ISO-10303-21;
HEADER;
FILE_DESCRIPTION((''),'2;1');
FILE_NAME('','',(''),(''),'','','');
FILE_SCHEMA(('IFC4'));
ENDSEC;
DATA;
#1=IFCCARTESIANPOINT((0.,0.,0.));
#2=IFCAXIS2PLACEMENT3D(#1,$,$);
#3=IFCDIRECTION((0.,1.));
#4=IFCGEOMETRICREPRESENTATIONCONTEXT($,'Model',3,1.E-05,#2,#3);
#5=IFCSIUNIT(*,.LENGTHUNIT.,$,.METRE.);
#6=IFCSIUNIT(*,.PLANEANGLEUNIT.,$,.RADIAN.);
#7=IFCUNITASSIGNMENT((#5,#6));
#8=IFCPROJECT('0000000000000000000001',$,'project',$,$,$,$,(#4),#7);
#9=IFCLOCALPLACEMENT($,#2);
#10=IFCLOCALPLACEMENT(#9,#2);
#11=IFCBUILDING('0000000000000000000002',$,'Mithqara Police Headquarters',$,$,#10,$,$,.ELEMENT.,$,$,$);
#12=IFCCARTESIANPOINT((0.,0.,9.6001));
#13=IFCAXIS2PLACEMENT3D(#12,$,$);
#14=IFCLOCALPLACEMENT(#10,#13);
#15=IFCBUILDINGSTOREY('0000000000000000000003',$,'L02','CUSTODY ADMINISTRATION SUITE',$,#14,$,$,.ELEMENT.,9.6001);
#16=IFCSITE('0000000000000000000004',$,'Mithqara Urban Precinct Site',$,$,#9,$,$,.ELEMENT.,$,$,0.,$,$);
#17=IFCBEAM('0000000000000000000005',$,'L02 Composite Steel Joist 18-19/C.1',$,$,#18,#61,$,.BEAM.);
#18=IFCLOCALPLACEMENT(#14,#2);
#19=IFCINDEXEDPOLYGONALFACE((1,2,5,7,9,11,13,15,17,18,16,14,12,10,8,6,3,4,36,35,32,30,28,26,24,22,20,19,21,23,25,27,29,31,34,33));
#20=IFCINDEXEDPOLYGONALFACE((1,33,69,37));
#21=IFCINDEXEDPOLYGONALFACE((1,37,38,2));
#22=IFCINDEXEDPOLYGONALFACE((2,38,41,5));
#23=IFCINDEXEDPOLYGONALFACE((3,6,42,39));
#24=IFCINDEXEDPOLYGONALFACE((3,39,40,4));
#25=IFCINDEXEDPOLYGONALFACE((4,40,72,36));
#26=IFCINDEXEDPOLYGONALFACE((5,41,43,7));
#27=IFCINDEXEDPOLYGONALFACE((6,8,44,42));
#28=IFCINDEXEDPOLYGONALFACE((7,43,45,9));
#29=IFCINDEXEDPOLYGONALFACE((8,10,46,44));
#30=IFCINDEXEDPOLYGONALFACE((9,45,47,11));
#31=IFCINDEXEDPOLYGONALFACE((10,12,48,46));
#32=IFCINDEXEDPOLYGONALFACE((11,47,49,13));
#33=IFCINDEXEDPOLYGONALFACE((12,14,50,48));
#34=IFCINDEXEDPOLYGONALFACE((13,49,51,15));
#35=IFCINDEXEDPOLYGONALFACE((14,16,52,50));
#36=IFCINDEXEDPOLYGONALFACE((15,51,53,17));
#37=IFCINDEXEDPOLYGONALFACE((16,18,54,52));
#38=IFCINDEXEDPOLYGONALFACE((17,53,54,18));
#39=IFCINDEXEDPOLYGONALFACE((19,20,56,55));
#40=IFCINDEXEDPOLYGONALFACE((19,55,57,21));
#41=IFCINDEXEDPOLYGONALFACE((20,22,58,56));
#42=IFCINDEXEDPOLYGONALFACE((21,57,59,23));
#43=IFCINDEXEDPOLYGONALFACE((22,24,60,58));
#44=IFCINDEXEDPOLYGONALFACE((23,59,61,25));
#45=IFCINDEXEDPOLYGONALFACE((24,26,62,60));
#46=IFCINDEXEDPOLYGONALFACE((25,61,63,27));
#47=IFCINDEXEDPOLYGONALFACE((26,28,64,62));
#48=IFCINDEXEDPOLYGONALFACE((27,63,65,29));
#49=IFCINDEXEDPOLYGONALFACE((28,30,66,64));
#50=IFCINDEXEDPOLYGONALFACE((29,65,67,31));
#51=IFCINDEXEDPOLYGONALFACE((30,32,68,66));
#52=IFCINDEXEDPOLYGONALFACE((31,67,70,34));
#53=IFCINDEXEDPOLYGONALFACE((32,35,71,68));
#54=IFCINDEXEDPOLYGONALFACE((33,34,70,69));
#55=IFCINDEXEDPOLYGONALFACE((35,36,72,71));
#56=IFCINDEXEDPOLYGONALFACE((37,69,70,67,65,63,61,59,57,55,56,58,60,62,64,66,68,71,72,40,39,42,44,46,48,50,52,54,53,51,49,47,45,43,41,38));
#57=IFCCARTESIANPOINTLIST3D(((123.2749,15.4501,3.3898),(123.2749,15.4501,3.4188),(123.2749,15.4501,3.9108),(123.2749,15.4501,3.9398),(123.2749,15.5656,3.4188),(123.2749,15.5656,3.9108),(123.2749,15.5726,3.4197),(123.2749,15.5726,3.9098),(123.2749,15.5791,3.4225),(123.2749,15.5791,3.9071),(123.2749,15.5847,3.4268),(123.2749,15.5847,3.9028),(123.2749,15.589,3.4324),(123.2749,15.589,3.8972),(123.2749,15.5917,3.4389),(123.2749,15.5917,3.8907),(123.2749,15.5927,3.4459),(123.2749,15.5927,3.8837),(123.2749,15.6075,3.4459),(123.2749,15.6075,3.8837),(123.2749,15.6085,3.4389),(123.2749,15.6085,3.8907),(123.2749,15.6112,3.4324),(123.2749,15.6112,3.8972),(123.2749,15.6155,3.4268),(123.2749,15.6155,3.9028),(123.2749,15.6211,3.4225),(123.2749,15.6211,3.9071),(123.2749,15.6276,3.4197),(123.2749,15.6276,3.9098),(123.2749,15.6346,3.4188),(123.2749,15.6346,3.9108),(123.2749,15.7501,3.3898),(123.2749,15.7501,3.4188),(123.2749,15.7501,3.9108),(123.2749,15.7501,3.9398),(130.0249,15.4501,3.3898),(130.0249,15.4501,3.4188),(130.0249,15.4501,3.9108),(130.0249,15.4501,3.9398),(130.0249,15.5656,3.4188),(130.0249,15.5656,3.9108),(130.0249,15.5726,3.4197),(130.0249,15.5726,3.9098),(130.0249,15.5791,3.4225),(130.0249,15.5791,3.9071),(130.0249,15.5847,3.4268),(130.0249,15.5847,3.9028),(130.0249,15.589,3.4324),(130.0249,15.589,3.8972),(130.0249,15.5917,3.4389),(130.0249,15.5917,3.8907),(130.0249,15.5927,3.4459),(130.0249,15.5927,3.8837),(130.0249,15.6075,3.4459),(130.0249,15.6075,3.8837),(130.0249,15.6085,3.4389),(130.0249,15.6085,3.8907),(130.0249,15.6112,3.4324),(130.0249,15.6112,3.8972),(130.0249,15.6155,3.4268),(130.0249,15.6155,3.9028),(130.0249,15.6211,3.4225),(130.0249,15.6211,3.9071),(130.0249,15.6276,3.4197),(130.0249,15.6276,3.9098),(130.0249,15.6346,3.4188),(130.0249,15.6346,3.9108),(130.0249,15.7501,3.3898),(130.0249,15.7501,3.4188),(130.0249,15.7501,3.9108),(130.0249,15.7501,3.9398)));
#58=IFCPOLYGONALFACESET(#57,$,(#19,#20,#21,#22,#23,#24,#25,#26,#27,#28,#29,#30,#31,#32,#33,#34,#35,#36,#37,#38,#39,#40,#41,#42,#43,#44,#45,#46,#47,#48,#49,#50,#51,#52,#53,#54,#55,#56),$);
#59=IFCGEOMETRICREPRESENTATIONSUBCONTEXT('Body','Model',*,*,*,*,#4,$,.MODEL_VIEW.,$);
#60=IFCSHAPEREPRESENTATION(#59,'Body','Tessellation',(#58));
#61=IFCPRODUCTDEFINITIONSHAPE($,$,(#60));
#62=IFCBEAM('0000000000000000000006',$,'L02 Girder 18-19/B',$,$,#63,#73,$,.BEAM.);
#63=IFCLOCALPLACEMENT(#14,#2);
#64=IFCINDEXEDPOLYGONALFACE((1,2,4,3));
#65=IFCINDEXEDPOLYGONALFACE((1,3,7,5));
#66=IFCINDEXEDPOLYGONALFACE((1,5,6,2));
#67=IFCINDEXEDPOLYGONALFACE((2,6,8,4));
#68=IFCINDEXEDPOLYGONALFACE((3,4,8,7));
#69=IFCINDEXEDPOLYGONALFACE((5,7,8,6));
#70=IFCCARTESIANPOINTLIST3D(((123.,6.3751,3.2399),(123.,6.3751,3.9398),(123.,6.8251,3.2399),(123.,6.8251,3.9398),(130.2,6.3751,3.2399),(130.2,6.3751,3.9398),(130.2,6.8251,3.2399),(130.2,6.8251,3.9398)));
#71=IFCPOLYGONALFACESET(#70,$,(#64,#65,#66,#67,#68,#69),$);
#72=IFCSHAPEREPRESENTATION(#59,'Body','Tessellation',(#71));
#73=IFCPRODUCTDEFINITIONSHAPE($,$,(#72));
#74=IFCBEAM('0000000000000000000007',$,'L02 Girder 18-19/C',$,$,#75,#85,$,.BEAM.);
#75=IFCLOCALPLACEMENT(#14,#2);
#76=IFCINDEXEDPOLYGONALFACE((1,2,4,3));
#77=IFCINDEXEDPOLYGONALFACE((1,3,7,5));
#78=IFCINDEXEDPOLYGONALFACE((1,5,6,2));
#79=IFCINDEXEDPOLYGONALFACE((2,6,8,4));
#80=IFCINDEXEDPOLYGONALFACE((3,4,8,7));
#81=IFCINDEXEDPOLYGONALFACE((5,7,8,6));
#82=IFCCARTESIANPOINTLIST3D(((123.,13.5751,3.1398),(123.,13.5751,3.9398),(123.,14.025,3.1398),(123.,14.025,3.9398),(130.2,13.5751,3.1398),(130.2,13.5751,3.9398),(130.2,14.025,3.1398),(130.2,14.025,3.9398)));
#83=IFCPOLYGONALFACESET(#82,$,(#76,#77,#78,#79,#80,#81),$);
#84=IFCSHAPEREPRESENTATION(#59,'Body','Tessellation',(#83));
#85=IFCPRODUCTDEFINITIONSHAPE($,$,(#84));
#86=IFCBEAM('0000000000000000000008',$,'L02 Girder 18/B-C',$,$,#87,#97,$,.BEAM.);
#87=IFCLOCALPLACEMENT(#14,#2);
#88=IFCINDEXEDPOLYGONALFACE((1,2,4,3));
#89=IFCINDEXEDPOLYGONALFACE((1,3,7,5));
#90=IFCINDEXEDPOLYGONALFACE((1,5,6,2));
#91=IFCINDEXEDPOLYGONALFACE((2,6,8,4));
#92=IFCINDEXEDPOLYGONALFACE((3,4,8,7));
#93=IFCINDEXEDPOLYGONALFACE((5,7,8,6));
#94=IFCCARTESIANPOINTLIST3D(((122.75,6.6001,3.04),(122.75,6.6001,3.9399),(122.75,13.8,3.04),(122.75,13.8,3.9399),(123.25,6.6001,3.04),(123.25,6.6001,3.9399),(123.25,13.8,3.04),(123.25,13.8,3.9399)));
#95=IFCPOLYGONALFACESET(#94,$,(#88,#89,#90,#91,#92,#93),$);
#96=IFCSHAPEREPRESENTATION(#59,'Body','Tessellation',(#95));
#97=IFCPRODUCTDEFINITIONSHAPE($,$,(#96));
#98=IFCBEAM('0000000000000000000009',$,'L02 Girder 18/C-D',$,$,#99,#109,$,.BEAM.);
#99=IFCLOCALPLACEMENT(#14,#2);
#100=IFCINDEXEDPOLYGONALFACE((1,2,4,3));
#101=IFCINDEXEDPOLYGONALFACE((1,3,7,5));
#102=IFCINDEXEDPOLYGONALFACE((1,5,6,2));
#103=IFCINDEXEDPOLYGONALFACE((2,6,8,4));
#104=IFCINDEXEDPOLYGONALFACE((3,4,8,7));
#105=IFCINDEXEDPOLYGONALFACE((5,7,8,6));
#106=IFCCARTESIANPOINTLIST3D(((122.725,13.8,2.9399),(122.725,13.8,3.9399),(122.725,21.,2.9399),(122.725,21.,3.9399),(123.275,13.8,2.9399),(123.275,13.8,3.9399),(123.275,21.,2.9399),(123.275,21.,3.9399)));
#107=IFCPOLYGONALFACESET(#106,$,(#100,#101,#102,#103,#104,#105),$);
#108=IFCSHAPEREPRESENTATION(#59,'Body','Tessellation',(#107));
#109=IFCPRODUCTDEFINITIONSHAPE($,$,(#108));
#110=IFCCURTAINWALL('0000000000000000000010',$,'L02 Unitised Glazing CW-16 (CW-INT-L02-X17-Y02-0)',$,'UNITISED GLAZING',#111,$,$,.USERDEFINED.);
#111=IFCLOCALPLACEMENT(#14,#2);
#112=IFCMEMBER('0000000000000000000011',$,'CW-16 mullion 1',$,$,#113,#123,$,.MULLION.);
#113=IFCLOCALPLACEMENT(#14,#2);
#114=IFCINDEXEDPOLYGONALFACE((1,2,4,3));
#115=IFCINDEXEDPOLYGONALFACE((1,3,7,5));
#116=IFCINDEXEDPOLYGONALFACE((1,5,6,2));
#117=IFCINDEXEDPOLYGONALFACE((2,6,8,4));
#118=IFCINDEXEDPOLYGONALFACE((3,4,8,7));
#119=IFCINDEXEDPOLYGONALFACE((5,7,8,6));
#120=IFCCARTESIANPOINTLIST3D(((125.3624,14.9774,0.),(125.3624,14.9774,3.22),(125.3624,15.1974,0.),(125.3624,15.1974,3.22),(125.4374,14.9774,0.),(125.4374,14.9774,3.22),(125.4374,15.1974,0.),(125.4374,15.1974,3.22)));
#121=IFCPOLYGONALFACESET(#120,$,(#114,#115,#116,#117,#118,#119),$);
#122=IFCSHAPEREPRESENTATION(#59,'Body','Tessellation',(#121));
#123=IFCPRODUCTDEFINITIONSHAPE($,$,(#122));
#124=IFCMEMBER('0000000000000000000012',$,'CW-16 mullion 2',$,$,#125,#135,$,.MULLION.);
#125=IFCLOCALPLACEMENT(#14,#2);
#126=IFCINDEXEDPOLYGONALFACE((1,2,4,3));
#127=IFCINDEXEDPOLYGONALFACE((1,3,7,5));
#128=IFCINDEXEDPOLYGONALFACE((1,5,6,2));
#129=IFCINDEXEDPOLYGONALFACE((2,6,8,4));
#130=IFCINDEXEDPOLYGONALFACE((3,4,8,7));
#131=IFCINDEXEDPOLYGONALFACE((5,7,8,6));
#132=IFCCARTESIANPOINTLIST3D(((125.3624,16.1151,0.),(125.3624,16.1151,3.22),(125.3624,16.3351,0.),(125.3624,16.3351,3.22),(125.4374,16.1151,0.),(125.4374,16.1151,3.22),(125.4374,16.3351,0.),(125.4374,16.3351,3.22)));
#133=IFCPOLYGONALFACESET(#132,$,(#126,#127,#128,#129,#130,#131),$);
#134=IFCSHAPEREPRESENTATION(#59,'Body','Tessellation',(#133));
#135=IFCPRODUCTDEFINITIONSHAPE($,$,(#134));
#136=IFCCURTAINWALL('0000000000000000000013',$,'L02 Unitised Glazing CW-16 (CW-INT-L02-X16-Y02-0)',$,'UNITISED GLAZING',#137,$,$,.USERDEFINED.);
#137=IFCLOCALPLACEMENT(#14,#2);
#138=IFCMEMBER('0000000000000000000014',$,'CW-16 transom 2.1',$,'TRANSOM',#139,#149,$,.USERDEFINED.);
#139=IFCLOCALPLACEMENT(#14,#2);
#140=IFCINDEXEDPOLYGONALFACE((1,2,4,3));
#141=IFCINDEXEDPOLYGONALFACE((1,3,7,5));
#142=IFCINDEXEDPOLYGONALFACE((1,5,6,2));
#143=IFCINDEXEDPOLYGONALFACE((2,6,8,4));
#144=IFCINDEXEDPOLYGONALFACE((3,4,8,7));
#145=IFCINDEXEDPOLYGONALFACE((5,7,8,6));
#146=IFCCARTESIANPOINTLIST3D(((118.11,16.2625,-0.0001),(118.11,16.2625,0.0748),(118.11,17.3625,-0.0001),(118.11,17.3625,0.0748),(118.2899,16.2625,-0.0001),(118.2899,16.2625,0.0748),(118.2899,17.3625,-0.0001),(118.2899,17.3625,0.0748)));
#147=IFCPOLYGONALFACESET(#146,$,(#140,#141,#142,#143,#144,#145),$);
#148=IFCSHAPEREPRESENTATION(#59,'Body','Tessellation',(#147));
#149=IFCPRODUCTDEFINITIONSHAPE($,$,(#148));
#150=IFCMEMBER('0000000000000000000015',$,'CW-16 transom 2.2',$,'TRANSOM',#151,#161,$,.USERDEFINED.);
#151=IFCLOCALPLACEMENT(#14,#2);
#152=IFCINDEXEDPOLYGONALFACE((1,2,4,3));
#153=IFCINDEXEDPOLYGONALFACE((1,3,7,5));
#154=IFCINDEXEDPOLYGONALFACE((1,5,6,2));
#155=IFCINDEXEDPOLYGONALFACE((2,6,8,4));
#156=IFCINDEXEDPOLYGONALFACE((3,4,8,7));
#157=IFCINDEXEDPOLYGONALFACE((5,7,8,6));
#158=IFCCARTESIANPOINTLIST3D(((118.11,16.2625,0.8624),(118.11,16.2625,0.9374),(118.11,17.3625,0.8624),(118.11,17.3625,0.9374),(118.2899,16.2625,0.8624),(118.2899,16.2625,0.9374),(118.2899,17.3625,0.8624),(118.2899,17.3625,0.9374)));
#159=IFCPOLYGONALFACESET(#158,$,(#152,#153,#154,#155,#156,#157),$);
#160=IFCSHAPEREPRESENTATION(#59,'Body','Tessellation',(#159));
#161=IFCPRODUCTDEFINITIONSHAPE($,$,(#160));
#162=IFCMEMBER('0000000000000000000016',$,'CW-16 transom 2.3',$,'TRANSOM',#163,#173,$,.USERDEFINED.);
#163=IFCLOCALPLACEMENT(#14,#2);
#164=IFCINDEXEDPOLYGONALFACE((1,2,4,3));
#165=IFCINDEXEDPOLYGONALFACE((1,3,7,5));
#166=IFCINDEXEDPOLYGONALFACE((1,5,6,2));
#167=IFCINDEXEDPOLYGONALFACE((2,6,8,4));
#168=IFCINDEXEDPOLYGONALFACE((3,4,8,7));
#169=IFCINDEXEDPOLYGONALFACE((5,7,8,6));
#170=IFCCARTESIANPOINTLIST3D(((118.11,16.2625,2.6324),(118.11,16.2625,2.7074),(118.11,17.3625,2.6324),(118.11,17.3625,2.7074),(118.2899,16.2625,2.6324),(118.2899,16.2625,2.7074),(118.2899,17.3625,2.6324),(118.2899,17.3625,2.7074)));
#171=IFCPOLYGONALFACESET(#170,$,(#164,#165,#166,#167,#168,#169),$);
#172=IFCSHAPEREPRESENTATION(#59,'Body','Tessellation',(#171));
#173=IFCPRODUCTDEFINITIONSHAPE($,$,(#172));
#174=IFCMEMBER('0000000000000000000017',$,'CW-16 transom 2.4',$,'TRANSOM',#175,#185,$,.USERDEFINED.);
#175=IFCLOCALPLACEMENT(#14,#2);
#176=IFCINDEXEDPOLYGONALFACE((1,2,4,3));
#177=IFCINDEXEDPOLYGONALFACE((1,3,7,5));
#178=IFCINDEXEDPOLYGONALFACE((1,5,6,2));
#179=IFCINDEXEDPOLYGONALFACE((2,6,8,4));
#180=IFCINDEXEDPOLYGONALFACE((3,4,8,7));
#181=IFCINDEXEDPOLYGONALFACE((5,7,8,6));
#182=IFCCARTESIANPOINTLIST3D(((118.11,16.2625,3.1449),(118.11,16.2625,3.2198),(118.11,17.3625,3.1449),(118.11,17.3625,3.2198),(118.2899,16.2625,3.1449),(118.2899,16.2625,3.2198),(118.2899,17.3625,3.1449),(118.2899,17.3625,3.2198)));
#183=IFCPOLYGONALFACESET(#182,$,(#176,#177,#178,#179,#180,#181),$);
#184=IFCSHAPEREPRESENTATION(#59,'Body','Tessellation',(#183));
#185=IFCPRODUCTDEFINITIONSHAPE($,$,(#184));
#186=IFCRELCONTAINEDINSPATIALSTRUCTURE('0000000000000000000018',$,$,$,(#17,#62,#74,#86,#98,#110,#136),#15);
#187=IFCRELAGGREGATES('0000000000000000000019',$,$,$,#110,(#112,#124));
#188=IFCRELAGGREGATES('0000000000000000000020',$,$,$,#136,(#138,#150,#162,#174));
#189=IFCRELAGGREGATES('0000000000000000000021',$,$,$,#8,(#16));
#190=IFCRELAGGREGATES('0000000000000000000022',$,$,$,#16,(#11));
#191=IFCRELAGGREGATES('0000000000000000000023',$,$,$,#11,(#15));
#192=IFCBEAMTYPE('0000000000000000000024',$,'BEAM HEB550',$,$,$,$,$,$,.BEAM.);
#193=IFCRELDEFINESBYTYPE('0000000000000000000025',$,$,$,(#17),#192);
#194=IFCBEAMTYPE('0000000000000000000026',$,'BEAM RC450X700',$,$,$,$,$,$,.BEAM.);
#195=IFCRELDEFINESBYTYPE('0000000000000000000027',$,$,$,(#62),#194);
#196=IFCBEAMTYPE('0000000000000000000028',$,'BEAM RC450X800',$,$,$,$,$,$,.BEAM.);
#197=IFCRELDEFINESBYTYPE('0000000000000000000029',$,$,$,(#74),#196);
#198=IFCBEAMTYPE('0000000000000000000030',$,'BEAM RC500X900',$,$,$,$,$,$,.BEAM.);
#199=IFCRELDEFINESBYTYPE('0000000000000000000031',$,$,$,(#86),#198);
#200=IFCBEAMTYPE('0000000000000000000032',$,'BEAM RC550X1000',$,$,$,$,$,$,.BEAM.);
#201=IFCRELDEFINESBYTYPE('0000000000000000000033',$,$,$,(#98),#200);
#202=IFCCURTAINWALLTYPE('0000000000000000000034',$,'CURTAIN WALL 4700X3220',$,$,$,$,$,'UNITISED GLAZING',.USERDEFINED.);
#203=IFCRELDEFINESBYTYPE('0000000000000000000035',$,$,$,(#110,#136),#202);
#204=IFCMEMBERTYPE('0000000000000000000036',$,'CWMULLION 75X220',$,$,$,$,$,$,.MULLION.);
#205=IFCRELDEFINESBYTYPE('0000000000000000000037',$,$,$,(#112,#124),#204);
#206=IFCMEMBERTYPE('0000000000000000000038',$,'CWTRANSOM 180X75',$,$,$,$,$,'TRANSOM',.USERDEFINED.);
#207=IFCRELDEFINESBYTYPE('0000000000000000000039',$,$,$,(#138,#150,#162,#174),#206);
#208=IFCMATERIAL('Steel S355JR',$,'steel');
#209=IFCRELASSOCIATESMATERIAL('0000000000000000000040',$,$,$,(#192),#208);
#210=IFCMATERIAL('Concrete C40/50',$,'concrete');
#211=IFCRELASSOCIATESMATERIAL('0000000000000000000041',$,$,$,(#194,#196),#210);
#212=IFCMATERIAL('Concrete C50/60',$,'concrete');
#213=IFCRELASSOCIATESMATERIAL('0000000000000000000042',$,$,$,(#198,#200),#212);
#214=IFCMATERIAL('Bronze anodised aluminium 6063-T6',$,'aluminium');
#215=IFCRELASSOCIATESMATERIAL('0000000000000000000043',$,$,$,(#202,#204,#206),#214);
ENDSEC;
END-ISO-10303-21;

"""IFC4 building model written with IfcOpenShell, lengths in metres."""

from ifc_helpers import new_model, si_unit, direction, frame, origin, origin_2d, place, context, subcontext, project, spatial, rectangle, i_section, extrude, material, material_profile, profile_set, type_object, element, aggregate, save


model = new_model("IFC4")

# Units and contexts
model_context = context("Model", 3, precision=1e-05, world=origin(), true_north=direction((0.0, 1.0)))
body_context = subcontext(model_context, "Body", "Model", "MODEL_VIEW")
ifc_project = project(units=[si_unit("LENGTHUNIT", "METRE"), si_unit("PLANEANGLEUNIT", "RADIAN")], contexts=[model_context])

# Site, building, storey
site_placement = place(None, origin())
site = spatial("IfcSite", under=ifc_project, at=site_placement, Name="Mithqara Urban Precinct Site", CompositionType="ELEMENT", RefElevation=0.0)
building_placement = place(site_placement, origin())
building = spatial("IfcBuilding", under=site, at=building_placement, Name="Mithqara Police Headquarters", CompositionType="ELEMENT")
storey_placement = place(building_placement, frame((0.0, 0.0, 9.6001)))
storey = spatial("IfcBuildingStorey", under=building, at=storey_placement, Name="L02", Description="CUSTODY ADMINISTRATION SUITE", CompositionType="ELEMENT", Elevation=9.6001)

# Shared definitions
ifc_material_1 = material(Name="Concrete C50/60", Category="concrete")

# Beams
ifc_material_2 = material(Name="Steel S355JR", Category="steel")
ifc_material_profile_1 = material_profile(ifc_material_2, i_section(OverallWidth=0.3, OverallDepth=0.55, WebThickness=0.0149, FlangeThickness=0.0291, FilletRadius=0.0271, at=origin_2d()), Name="HEB 550")
ifc_profile_set_1 = profile_set([ifc_material_profile_1], Name="Steel S355JR")
beam_type_1 = type_object("IfcBeamType", Name="BEAM HEB550", PredefinedType="BEAM", material=ifc_profile_set_1)
beam_1_placement = place(storey_placement, frame((123.2749, 15.6001, 3.6648), z_axis=(1.0, 0.0, 0.0), x_axis=(0.0, 1.0, 0.0)))
element("IfcBeam", 1, at=beam_1_placement, inside=storey, type_object=beam_type_1, Name="L02 Composite Steel Joist 18-19/C.1", PredefinedType="BEAM", context=body_context, shape_type="SweptSolid", body=[
    extrude(i_section(OverallWidth=0.3, OverallDepth=0.55, WebThickness=0.0149, FlangeThickness=0.0291, FilletRadius=0.0271, at=origin_2d()), origin(), (0.0, 0.0, 1.0), 6.75),
])
ifc_material_3 = material(Name="Concrete C40/50", Category="concrete")
ifc_material_profile_2 = material_profile(ifc_material_3, rectangle(XDim=0.45, YDim=0.7, at=origin_2d()), Name="RC 450x700")
ifc_profile_set_2 = profile_set([ifc_material_profile_2], Name="Concrete C40/50")
beam_type_2 = type_object("IfcBeamType", Name="BEAM RC450X700", PredefinedType="BEAM", material=ifc_profile_set_2)
beam_2_placement = place(storey_placement, frame((123.0, 6.6001, 3.5898), z_axis=(1.0, 0.0, 0.0), x_axis=(0.0, 1.0, 0.0)))
element("IfcBeam", 2, at=beam_2_placement, inside=storey, type_object=beam_type_2, Name="L02 Girder 18-19/B", PredefinedType="BEAM", context=body_context, shape_type="SweptSolid", body=[
    extrude(rectangle(XDim=0.45, YDim=0.7, at=origin_2d()), origin(), (0.0, 0.0, 1.0), 7.2),
])
ifc_material_profile_3 = material_profile(ifc_material_3, rectangle(XDim=0.45, YDim=0.8, at=origin_2d()), Name="RC 450x800")
ifc_profile_set_3 = profile_set([ifc_material_profile_3], Name="Concrete C40/50")
beam_type_3 = type_object("IfcBeamType", Name="BEAM RC450X800", PredefinedType="BEAM", material=ifc_profile_set_3)
beam_3_placement = place(storey_placement, frame((123.0, 13.8, 3.5398), z_axis=(1.0, 0.0, 0.0), x_axis=(0.0, 1.0, 0.0)))
element("IfcBeam", 3, at=beam_3_placement, inside=storey, type_object=beam_type_3, Name="L02 Girder 18-19/C", PredefinedType="BEAM", context=body_context, shape_type="SweptSolid", body=[
    extrude(rectangle(XDim=0.45, YDim=0.8, at=origin_2d()), origin(), (0.0, 0.0, 1.0), 7.2),
])
ifc_material_profile_4 = material_profile(ifc_material_1, rectangle(XDim=0.5, YDim=0.8999, at=origin_2d()), Name="RC 500x900")
ifc_profile_set_4 = profile_set([ifc_material_profile_4], Name="Concrete C50/60")
beam_type_4 = type_object("IfcBeamType", Name="BEAM RC500X900", PredefinedType="BEAM", material=ifc_profile_set_4)
beam_4_placement = place(storey_placement, frame((123.0, 6.6001, 3.49), z_axis=(0.0, 1.0, 0.0), x_axis=(-1.0, 0.0, 0.0)))
element("IfcBeam", 4, at=beam_4_placement, inside=storey, type_object=beam_type_4, Name="L02 Girder 18/B-C", PredefinedType="BEAM", context=body_context, shape_type="SweptSolid", body=[
    extrude(rectangle(XDim=0.5, YDim=0.8999, at=origin_2d()), origin(), (0.0, 0.0, 1.0), 7.2),
])
ifc_material_profile_5 = material_profile(ifc_material_1, rectangle(XDim=0.55, YDim=1.0, at=origin_2d()), Name="RC 550x1000")
ifc_profile_set_5 = profile_set([ifc_material_profile_5], Name="Concrete C50/60")
beam_type_5 = type_object("IfcBeamType", Name="BEAM RC550X1000", PredefinedType="BEAM", material=ifc_profile_set_5)
beam_5_placement = place(storey_placement, frame((123.0, 13.8, 3.4399), z_axis=(0.0, 1.0, 0.0), x_axis=(-1.0, 0.0, 0.0)))
element("IfcBeam", 5, at=beam_5_placement, inside=storey, type_object=beam_type_5, Name="L02 Girder 18/C-D", PredefinedType="BEAM", context=body_context, shape_type="SweptSolid", body=[
    extrude(rectangle(XDim=0.55, YDim=1.0, at=origin_2d()), origin(), (0.0, 0.0, 1.0), 7.2),
])

# Curtain walls, members
ifc_material_4 = material(Name="Bronze anodised aluminium 6063-T6", Category="aluminium")
curtain_wall_type = type_object("IfcCurtainWallType", Name="CURTAIN WALL 4700X3220", ElementType="UNITISED GLAZING", PredefinedType="USERDEFINED", material=ifc_material_4)
curtain_wall_1_placement = place(storey_placement, origin())
curtain_wall_1 = element("IfcCurtainWall", 6, at=curtain_wall_1_placement, inside=storey, type_object=curtain_wall_type, Name="L02 Unitised Glazing CW-16 (CW-INT-L02-X17-Y02-0)", ObjectType="UNITISED GLAZING", PredefinedType="USERDEFINED")
ifc_material_profile_6 = material_profile(ifc_material_4, rectangle(XDim=0.075, YDim=0.22, at=origin_2d()), Name="CWM 75x220")
ifc_profile_set_6 = profile_set([ifc_material_profile_6], Name="Bronze anodised aluminium 6063-T6")
member_type_1 = type_object("IfcMemberType", Name="CWMULLION 75X220", PredefinedType="MULLION", material=ifc_profile_set_6)
member_1_placement = place(storey_placement, frame((125.3999, 15.0874, 0.0), z_axis=(0.0, 0.0, 1.0), x_axis=(-1.0, 0.0, 0.0)))
member_1 = element("IfcMember", 7, at=member_1_placement, type_object=member_type_1, Name="CW-16 mullion 1", PredefinedType="MULLION", context=body_context, shape_type="SweptSolid", body=[
    extrude(rectangle(XDim=0.075, YDim=0.22, at=origin_2d()), origin(), (0.0, 0.0, 1.0), 3.22),
])
member_2_placement = place(storey_placement, frame((125.3999, 16.2251, 0.0), z_axis=(0.0, 0.0, 1.0), x_axis=(-1.0, 0.0, 0.0)))
member_2 = element("IfcMember", 8, at=member_2_placement, type_object=member_type_1, Name="CW-16 mullion 2", PredefinedType="MULLION", context=body_context, shape_type="SweptSolid", body=[
    extrude(rectangle(XDim=0.075, YDim=0.22, at=origin_2d()), origin(), (0.0, 0.0, 1.0), 3.22),
])
aggregate(curtain_wall_1, [member_1, member_2])
curtain_wall_2_placement = place(storey_placement, origin())
curtain_wall_2 = element("IfcCurtainWall", 9, at=curtain_wall_2_placement, inside=storey, type_object=curtain_wall_type, Name="L02 Unitised Glazing CW-16 (CW-INT-L02-X16-Y02-0)", ObjectType="UNITISED GLAZING", PredefinedType="USERDEFINED")
ifc_material_profile_7 = material_profile(ifc_material_4, rectangle(XDim=0.1799, YDim=0.075, at=origin_2d()), Name="CWT 180x75")
ifc_profile_set_7 = profile_set([ifc_material_profile_7], Name="Bronze anodised aluminium 6063-T6")
member_type_2 = type_object("IfcMemberType", Name="CWTRANSOM 180X75", ElementType="TRANSOM", PredefinedType="USERDEFINED", material=ifc_profile_set_7)
member_3_placement = place(storey_placement, frame((118.2, 16.2625, 0.0374), z_axis=(0.0, 1.0, 0.0), x_axis=(-1.0, 0.0, 0.0)))
member_3 = element("IfcMember", 10, at=member_3_placement, type_object=member_type_2, Name="CW-16 transom 2.1", ObjectType="TRANSOM", PredefinedType="USERDEFINED", context=body_context, shape_type="SweptSolid", body=[
    extrude(rectangle(XDim=0.1799, YDim=0.075, at=origin_2d()), origin(), (0.0, 0.0, 1.0), 1.1001),
])
member_4_placement = place(storey_placement, frame((118.2, 16.2625, 0.8999), z_axis=(0.0, 1.0, 0.0), x_axis=(-1.0, 0.0, 0.0)))
member_4 = element("IfcMember", 11, at=member_4_placement, type_object=member_type_2, Name="CW-16 transom 2.2", ObjectType="TRANSOM", PredefinedType="USERDEFINED", context=body_context, shape_type="SweptSolid", body=[
    extrude(rectangle(XDim=0.1799, YDim=0.075, at=origin_2d()), origin(), (0.0, 0.0, 1.0), 1.1001),
])
member_5_placement = place(storey_placement, frame((118.2, 16.2625, 2.6699), z_axis=(0.0, 1.0, 0.0), x_axis=(-1.0, 0.0, 0.0)))
member_5 = element("IfcMember", 12, at=member_5_placement, type_object=member_type_2, Name="CW-16 transom 2.3", ObjectType="TRANSOM", PredefinedType="USERDEFINED", context=body_context, shape_type="SweptSolid", body=[
    extrude(rectangle(XDim=0.1799, YDim=0.075, at=origin_2d()), origin(), (0.0, 0.0, 1.0), 1.1001),
])
member_6_placement = place(storey_placement, frame((118.2, 16.2625, 3.1824), z_axis=(0.0, 1.0, 0.0), x_axis=(-1.0, 0.0, 0.0)))
member_6 = element("IfcMember", 13, at=member_6_placement, type_object=member_type_2, Name="CW-16 transom 2.4", ObjectType="TRANSOM", PredefinedType="USERDEFINED", context=body_context, shape_type="SweptSolid", body=[
    extrude(rectangle(XDim=0.1799, YDim=0.075, at=origin_2d()), origin(), (0.0, 0.0, 1.0), 1.1001),
])
aggregate(curtain_wall_2, [member_3, member_4, member_5, member_6])

save(model, "model.ifc")
